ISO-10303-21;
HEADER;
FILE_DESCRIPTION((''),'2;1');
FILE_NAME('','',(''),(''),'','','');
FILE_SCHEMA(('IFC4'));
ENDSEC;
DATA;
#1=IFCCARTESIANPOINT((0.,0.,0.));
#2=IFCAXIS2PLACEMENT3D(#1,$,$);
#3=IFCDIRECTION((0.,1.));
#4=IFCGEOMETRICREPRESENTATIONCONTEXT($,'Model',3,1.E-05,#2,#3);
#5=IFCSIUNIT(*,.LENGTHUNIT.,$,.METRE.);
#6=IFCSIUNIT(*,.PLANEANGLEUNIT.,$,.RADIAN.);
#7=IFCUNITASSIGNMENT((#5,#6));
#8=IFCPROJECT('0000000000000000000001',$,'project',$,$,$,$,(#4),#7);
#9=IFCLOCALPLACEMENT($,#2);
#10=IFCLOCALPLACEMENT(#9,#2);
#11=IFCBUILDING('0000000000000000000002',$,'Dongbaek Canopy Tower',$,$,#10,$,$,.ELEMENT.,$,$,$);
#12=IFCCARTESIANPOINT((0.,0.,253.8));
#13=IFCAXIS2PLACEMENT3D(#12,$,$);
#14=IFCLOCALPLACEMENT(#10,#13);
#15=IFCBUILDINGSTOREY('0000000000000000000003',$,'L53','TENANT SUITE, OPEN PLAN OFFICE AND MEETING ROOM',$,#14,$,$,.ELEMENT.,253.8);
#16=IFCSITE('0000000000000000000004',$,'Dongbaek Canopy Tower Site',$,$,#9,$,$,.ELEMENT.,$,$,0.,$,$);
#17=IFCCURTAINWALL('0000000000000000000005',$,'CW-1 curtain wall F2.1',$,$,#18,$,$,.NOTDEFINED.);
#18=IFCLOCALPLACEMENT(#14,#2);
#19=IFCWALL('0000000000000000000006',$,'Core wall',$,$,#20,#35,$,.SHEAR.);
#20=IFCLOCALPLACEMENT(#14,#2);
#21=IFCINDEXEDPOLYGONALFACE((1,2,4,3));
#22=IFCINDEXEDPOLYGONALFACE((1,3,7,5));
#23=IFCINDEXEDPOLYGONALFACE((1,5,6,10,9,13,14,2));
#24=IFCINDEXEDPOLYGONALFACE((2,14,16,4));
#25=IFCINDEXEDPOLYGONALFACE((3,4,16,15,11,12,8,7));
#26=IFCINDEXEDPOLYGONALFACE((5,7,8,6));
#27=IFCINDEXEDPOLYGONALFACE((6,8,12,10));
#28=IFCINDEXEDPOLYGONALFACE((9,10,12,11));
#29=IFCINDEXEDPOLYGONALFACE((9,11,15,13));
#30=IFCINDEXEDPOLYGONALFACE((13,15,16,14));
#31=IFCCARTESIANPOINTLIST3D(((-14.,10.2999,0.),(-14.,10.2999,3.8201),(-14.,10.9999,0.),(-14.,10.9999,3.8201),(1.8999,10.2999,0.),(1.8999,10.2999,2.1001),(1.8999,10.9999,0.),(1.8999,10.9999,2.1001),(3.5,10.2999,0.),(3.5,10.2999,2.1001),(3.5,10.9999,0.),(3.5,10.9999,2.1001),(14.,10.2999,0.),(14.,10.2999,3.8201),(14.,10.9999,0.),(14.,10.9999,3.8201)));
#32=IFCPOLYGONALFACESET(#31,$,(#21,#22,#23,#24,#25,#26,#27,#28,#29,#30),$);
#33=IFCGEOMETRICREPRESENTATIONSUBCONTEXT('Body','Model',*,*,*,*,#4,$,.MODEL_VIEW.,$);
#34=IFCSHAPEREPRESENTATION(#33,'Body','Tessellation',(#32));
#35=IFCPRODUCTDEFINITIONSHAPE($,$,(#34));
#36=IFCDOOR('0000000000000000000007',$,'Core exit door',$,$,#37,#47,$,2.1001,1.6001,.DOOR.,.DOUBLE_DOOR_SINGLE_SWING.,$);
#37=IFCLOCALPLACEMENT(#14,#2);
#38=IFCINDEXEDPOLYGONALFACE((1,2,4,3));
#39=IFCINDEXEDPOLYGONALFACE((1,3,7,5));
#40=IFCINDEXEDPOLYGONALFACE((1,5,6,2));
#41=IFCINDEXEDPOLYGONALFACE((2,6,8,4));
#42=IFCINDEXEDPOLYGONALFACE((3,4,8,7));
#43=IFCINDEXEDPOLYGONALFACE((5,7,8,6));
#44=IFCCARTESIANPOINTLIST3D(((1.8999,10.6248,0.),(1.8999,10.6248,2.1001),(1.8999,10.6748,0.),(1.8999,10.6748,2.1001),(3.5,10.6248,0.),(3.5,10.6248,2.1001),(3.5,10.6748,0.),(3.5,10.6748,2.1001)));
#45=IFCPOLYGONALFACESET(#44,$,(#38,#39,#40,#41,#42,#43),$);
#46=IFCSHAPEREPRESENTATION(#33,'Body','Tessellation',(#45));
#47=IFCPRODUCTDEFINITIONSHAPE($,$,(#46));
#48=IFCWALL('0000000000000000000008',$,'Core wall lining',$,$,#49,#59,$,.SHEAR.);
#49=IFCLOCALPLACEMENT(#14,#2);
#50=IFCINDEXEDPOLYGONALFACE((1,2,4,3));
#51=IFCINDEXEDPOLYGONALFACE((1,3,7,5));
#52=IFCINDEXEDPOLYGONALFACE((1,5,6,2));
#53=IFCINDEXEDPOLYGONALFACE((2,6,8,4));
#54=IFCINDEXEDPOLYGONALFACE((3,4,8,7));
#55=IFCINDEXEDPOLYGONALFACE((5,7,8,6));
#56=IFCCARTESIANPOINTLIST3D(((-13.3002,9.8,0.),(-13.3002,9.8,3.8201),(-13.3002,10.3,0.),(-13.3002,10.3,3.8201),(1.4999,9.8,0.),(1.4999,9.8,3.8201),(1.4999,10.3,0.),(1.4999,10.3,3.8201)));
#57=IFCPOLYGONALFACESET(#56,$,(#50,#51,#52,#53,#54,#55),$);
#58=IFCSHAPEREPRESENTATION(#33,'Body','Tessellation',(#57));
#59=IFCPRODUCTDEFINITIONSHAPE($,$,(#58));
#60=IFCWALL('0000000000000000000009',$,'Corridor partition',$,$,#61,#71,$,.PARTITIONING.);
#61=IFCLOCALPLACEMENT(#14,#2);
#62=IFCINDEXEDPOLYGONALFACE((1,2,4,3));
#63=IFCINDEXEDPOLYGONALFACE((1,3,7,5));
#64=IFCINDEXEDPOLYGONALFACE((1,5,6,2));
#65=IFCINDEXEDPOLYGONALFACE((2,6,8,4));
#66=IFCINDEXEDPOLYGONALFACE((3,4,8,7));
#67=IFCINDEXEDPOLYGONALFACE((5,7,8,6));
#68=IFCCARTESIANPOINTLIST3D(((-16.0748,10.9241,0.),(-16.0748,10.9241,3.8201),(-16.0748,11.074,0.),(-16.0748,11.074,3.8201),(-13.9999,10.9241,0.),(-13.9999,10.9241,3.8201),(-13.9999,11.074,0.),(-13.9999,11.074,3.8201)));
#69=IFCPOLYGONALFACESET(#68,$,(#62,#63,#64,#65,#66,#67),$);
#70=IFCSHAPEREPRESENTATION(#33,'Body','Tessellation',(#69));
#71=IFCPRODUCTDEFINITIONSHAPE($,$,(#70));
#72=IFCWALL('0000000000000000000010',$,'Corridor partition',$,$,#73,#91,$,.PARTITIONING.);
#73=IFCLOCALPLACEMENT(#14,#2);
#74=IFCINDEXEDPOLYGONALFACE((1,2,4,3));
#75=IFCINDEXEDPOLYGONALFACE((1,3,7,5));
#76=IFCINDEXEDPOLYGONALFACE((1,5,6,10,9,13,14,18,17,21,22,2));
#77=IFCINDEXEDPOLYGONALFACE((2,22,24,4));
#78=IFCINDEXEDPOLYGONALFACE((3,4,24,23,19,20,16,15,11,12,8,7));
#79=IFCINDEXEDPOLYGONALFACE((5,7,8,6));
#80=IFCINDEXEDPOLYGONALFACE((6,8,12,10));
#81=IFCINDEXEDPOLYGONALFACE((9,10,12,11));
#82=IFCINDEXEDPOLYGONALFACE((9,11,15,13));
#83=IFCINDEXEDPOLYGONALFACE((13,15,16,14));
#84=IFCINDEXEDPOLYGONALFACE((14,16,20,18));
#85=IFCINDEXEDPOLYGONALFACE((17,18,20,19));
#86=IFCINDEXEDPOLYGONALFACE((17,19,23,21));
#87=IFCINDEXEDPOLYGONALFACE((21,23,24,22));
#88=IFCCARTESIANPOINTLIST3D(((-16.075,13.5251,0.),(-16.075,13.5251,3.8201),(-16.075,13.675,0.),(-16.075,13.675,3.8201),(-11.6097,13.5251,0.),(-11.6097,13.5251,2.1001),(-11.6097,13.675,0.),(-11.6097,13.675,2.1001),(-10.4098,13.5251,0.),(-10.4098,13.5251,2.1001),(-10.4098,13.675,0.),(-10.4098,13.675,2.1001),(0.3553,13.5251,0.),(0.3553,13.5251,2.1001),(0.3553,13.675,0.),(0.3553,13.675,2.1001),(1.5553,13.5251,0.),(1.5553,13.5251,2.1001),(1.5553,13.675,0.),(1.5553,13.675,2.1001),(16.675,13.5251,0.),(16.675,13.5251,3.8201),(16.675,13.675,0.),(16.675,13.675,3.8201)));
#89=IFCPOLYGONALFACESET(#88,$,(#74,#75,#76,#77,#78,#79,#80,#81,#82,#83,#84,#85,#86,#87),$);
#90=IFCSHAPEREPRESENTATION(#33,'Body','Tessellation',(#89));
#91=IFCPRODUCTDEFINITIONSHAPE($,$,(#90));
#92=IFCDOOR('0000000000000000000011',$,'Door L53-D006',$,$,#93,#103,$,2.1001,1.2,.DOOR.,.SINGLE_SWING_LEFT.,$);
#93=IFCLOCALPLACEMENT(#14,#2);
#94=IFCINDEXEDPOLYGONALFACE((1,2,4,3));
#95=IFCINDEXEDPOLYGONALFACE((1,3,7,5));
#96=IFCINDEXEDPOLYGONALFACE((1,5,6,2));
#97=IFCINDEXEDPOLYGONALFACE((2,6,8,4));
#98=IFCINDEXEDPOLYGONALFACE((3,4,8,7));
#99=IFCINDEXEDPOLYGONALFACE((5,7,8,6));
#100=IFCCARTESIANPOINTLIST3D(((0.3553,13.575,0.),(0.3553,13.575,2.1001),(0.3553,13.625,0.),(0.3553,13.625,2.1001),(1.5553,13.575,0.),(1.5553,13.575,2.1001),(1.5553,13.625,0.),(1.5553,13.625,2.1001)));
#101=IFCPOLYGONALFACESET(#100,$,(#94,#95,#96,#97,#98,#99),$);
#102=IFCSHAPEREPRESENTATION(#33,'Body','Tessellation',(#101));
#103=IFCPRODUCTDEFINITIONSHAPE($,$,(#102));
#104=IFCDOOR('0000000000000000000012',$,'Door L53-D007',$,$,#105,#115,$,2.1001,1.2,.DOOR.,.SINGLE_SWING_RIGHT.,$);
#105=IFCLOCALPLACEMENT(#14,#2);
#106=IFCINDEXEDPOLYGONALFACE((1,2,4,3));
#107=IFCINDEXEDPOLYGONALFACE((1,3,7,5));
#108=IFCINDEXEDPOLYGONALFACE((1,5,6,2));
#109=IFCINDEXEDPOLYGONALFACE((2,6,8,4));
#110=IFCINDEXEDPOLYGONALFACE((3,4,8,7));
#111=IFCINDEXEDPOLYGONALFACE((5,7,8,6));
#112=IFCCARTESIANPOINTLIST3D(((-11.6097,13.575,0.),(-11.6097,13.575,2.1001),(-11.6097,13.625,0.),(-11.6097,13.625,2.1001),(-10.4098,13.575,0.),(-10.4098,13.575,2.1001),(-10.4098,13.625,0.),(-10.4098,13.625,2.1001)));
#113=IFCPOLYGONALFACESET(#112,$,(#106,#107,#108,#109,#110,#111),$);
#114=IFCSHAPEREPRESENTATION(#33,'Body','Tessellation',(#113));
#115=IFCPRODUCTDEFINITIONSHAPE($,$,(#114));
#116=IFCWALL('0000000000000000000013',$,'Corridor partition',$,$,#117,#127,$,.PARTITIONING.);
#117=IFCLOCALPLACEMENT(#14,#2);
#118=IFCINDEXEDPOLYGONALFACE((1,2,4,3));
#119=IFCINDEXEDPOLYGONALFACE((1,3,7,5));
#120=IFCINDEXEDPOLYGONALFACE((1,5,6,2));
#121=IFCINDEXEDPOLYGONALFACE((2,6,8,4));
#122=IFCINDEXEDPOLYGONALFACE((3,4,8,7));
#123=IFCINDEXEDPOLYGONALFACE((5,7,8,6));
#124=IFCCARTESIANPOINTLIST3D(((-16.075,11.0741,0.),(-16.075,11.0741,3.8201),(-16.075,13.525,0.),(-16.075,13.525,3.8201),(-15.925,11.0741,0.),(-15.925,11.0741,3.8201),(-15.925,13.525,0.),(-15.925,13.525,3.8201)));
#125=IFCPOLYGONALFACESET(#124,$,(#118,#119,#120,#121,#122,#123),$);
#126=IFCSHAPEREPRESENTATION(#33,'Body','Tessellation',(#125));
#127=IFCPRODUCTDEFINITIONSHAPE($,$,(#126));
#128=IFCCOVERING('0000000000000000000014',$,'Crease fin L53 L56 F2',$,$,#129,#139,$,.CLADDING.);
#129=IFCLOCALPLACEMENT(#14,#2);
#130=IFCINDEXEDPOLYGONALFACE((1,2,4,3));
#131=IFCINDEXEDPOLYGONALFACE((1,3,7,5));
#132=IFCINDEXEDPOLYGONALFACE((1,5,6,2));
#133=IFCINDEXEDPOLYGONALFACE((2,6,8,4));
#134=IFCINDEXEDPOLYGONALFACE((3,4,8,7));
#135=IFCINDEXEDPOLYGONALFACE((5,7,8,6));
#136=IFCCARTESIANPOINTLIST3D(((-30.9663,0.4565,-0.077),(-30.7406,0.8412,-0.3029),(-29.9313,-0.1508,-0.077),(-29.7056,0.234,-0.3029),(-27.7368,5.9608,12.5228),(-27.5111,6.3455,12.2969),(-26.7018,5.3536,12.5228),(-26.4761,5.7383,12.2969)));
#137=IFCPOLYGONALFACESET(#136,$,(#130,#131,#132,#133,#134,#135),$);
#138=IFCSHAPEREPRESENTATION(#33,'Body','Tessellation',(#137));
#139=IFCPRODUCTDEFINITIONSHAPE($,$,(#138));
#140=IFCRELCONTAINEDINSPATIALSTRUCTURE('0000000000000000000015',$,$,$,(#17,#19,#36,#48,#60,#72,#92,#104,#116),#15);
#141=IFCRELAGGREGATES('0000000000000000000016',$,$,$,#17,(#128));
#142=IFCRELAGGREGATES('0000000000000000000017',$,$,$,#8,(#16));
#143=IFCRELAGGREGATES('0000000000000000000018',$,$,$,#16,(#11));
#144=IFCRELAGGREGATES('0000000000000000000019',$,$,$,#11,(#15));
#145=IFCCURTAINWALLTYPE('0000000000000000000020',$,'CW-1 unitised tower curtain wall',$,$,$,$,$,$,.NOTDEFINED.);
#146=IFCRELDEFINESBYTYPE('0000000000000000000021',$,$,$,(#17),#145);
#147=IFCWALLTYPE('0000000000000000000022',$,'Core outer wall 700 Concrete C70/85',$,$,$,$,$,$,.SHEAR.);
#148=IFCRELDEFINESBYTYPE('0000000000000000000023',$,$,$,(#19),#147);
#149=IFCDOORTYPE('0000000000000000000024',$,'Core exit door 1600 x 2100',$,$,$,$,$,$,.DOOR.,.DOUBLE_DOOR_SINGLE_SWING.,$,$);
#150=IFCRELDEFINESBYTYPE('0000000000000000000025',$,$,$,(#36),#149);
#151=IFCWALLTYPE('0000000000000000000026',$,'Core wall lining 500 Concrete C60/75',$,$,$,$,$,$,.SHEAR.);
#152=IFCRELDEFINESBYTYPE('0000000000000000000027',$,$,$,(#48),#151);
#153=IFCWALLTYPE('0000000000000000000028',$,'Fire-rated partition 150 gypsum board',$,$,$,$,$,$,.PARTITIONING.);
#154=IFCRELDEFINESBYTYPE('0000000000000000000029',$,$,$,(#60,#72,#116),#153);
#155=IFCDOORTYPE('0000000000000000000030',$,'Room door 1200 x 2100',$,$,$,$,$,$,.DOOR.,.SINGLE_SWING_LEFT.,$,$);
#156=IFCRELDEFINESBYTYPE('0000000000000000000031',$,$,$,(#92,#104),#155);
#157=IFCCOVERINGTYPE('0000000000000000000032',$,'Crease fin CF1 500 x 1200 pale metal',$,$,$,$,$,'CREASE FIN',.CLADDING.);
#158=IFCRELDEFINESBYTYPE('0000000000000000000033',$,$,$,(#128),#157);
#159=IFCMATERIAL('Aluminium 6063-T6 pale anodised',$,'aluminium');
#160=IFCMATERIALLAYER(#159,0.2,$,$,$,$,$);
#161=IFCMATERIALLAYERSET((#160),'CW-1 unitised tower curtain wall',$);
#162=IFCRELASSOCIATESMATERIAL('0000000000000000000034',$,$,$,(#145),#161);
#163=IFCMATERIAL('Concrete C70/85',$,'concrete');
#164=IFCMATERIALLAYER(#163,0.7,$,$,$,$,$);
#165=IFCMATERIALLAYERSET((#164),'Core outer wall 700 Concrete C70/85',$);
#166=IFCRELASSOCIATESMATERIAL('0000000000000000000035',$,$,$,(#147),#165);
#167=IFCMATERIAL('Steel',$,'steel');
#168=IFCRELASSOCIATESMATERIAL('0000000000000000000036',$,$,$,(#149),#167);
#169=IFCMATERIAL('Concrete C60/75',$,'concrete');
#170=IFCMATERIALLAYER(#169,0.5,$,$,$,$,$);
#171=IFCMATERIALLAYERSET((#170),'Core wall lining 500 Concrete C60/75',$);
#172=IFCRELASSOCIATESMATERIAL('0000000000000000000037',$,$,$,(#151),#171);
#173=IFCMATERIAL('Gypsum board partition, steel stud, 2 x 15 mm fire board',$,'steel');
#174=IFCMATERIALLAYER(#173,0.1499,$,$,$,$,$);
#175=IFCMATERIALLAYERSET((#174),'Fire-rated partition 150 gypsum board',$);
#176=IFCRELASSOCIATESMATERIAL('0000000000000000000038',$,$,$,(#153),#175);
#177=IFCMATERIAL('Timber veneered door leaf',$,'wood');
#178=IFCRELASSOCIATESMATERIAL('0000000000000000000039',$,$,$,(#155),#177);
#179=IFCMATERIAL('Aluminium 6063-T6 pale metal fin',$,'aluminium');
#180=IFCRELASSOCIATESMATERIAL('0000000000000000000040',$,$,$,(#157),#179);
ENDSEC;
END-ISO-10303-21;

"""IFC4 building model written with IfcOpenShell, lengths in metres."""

from ifc_helpers import new_model, si_unit, direction, frame, frame_2d, origin, origin_2d, place, context, subcontext, project, spatial, rectangle, extrude, material, layer, layer_set, material_profile, profile_set, type_object, element, fill, aggregate, save


model = new_model("IFC4")

# Units and contexts
model_context = context("Model", 3, precision=1e-05, world=origin(), true_north=direction((0.0, 1.0)))
body_context = subcontext(model_context, "Body", "Model", "MODEL_VIEW")
ifc_project = project(units=[si_unit("LENGTHUNIT", "METRE"), si_unit("PLANEANGLEUNIT", "RADIAN")], contexts=[model_context])

# Site, building, storey
site_placement = place(None, origin())
site = spatial("IfcSite", under=ifc_project, at=site_placement, Name="Dongbaek Canopy Tower Site", CompositionType="ELEMENT", RefElevation=0.0)
building_placement = place(site_placement, origin())
building = spatial("IfcBuilding", under=site, at=building_placement, Name="Dongbaek Canopy Tower", CompositionType="ELEMENT")
storey_placement = place(building_placement, frame((0.0, 0.0, 253.8)))
storey = spatial("IfcBuildingStorey", under=building, at=storey_placement, Name="L53", Description="TENANT SUITE, OPEN PLAN OFFICE AND MEETING ROOM", CompositionType="ELEMENT", Elevation=253.8)

# Curtain wall
ifc_material_1 = material(Name="Aluminium 6063-T6 pale anodised", Category="aluminium")
ifc_layer_1 = layer(ifc_material_1, 0.2)
ifc_layer_set_1 = layer_set([ifc_layer_1], Name="CW-1 unitised tower curtain wall")
curtain_wall_type = type_object("IfcCurtainWallType", Name="CW-1 unitised tower curtain wall", PredefinedType="NOTDEFINED", material=ifc_layer_set_1)
curtain_wall_placement = place(storey_placement, origin())
curtain_wall = element("IfcCurtainWall", 1, at=curtain_wall_placement, inside=storey, type_object=curtain_wall_type, Name="CW-1 curtain wall F2.1", PredefinedType="NOTDEFINED")

# Wall, opening, door
ifc_material_2 = material(Name="Concrete C70/85", Category="concrete")
ifc_layer_2 = layer(ifc_material_2, 0.7)
ifc_layer_set_2 = layer_set([ifc_layer_2], Name="Core outer wall 700 Concrete C70/85")
wall_type_1 = type_object("IfcWallType", Name="Core outer wall 700 Concrete C70/85", PredefinedType="SHEAR", material=ifc_layer_set_2)
wall_1_placement = place(storey_placement, frame((-14.0, 10.6499, 0.0), z_axis=(0.0, 0.0, 1.0), x_axis=(1.0, 0.0, 0.0)))
wall_1 = element("IfcWall", 2, at=wall_1_placement, inside=storey, type_object=wall_type_1, Name="Core wall", PredefinedType="SHEAR", context=body_context, shape_type="SweptSolid", body=[
    extrude(rectangle(XDim=28.0, YDim=0.7, at=frame_2d((14.0, 0.0))), origin(), (0.0, 0.0, 1.0), 3.8201),
])
opening_1_placement = place(wall_1_placement, frame((15.8999, 0.0, 0.0)))
opening_1 = element("IfcOpeningElement", 3, at=opening_1_placement, cuts=wall_1, PredefinedType="OPENING", context=body_context, shape_type="SweptSolid", body=[
    extrude(rectangle(XDim=1.6001, YDim=2.1001, at=frame_2d((0.8, 1.05))), frame((0.0, 0.3599, 0.0), z_axis=(0.0, -1.0, 0.0), x_axis=(1.0, 0.0, 0.0)), (0.0, 0.0, 1.0), 0.72),
])
ifc_material_3 = material(Name="Steel", Category="steel")
door_type_1 = type_object("IfcDoorType", Name="Core exit door 1600 x 2100", OperationType="DOUBLE_DOOR_SINGLE_SWING", PredefinedType="DOOR", material=ifc_material_3)
door_1_placement = place(opening_1_placement, origin())
door_1 = element("IfcDoor", 4, at=door_1_placement, inside=storey, type_object=door_type_1, Name="Core exit door", OperationType="DOUBLE_DOOR_SINGLE_SWING", OverallHeight=2.1001, OverallWidth=1.6001, PredefinedType="DOOR", context=body_context, shape_type="SweptSolid", body=[
    extrude(rectangle(XDim=1.6001, YDim=2.1001, at=frame_2d((0.8, 1.05))), frame((0.0, 0.0249, 0.0), z_axis=(0.0, -1.0, 0.0), x_axis=(1.0, 0.0, 0.0)), (0.0, 0.0, 1.0), 0.05),
])
fill(opening_1, door_1)

# Walls
ifc_material_4 = material(Name="Concrete C60/75", Category="concrete")
ifc_layer_3 = layer(ifc_material_4, 0.5)
ifc_layer_set_3 = layer_set([ifc_layer_3], Name="Core wall lining 500 Concrete C60/75")
wall_type_2 = type_object("IfcWallType", Name="Core wall lining 500 Concrete C60/75", PredefinedType="SHEAR", material=ifc_layer_set_3)
wall_2_placement = place(storey_placement, frame((-13.3, 10.05, 0.0), z_axis=(0.0, 0.0, 1.0), x_axis=(1.0, 0.0, 0.0)))
element("IfcWall", 5, at=wall_2_placement, inside=storey, type_object=wall_type_2, Name="Core wall lining", PredefinedType="SHEAR", context=body_context, shape_type="SweptSolid", body=[
    extrude(rectangle(XDim=14.8, YDim=0.5, at=frame_2d((7.3999, 0.0))), origin(), (0.0, 0.0, 1.0), 3.8201),
])
ifc_material_5 = material(Name="Gypsum board partition, steel stud, 2 x 15 mm fire board", Category="steel")
ifc_layer_4 = layer(ifc_material_5, 0.1499)
ifc_layer_set_4 = layer_set([ifc_layer_4], Name="Fire-rated partition 150 gypsum board")
wall_type_3 = type_object("IfcWallType", Name="Fire-rated partition 150 gypsum board", PredefinedType="PARTITIONING", material=ifc_layer_set_4)
wall_3_placement = place(storey_placement, frame((-16.075, 10.999, 0.0), z_axis=(0.0, 0.0, 1.0), x_axis=(1.0, 0.0, 0.0)))
element("IfcWall", 6, at=wall_3_placement, inside=storey, type_object=wall_type_3, Name="Corridor partition", PredefinedType="PARTITIONING", context=body_context, shape_type="SweptSolid", body=[
    extrude(rectangle(XDim=2.075, YDim=0.1499, at=frame_2d((1.0376, 0.0))), origin(), (0.0, 0.0, 1.0), 3.8201),
])

# Wall, openings, doors
wall_4_placement = place(storey_placement, frame((-16.075, 13.6001, 0.0), z_axis=(0.0, 0.0, 1.0), x_axis=(1.0, 0.0, 0.0)))
wall_4 = element("IfcWall", 7, at=wall_4_placement, inside=storey, type_object=wall_type_3, Name="Corridor partition", PredefinedType="PARTITIONING", context=body_context, shape_type="SweptSolid", body=[
    extrude(rectangle(XDim=32.75, YDim=0.1499, at=frame_2d((16.375, 0.0))), origin(), (0.0, 0.0, 1.0), 3.8201),
])
opening_2_placement = place(wall_4_placement, frame((16.4302, 0.0, 0.0)))
opening_2 = element("IfcOpeningElement", 8, at=opening_2_placement, cuts=wall_4, PredefinedType="OPENING", context=body_context, shape_type="SweptSolid", body=[
    extrude(rectangle(XDim=1.2, YDim=2.1001, at=frame_2d((0.6001, 1.05))), frame((0.0, 0.085, 0.0), z_axis=(0.0, -1.0, 0.0), x_axis=(1.0, 0.0, 0.0)), (0.0, 0.0, 1.0), 0.1699),
])
opening_3_placement = place(wall_4_placement, frame((4.4651, 0.0, 0.0)))
opening_3 = element("IfcOpeningElement", 9, at=opening_3_placement, cuts=wall_4, PredefinedType="OPENING", context=body_context, shape_type="SweptSolid", body=[
    extrude(rectangle(XDim=1.2, YDim=2.1001, at=frame_2d((0.6001, 1.05))), frame((0.0, 0.085, 0.0), z_axis=(0.0, -1.0, 0.0), x_axis=(1.0, 0.0, 0.0)), (0.0, 0.0, 1.0), 0.1699),
])
ifc_material_6 = material(Name="Timber veneered door leaf", Category="wood")
door_type_2 = type_object("IfcDoorType", Name="Room door 1200 x 2100", OperationType="SINGLE_SWING_LEFT", PredefinedType="DOOR", material=ifc_material_6)
door_2_placement = place(opening_2_placement, origin())
door_2 = element("IfcDoor", 10, at=door_2_placement, inside=storey, type_object=door_type_2, Name="Door L53-D006", OperationType="SINGLE_SWING_LEFT", OverallHeight=2.1001, OverallWidth=1.2, PredefinedType="DOOR", context=body_context, shape_type="SweptSolid", body=[
    extrude(rectangle(XDim=1.2, YDim=2.1001, at=frame_2d((0.6001, 1.05))), frame((0.0, 0.0249, 0.0), z_axis=(0.0, -1.0, 0.0), x_axis=(1.0, 0.0, 0.0)), (0.0, 0.0, 1.0), 0.05),
])
fill(opening_2, door_2)
door_3_placement = place(opening_3_placement, origin())
door_3 = element("IfcDoor", 11, at=door_3_placement, inside=storey, type_object=door_type_2, Name="Door L53-D007", OperationType="SINGLE_SWING_RIGHT", OverallHeight=2.1001, OverallWidth=1.2, PredefinedType="DOOR", context=body_context, shape_type="SweptSolid", body=[
    extrude(rectangle(XDim=1.2, YDim=2.1001, at=frame_2d((0.6001, 1.05))), frame((0.0, 0.0249, 0.0), z_axis=(0.0, -1.0, 0.0), x_axis=(1.0, 0.0, 0.0)), (0.0, 0.0, 1.0), 0.05),
])
fill(opening_3, door_3)

# Wall
wall_5_placement = place(storey_placement, frame((-16.0, 11.074, 0.0), z_axis=(0.0, 0.0, 1.0), x_axis=(0.0, 1.0, 0.0)))
element("IfcWall", 12, at=wall_5_placement, inside=storey, type_object=wall_type_3, Name="Corridor partition", PredefinedType="PARTITIONING", context=body_context, shape_type="SweptSolid", body=[
    extrude(rectangle(XDim=2.4509, YDim=0.1499, at=frame_2d((1.2256, 0.0))), origin(), (0.0, 0.0, 1.0), 3.8201),
])

# Covering
ifc_material_7 = material(Name="Aluminium 6063-T6 pale metal fin", Category="aluminium")
ifc_material_profile_1 = material_profile(ifc_material_7, rectangle(XDim=1.2, YDim=0.5, at=origin_2d()), Name="Crease fin CF1 500 x 1200 pale metal")
ifc_profile_set_1 = profile_set([ifc_material_profile_1], Name="Aluminium 6063-T6 pale metal fin")
covering_type = type_object("IfcCoveringType", Name="Crease fin CF1 500 x 1200 pale metal", ElementType="CREASE FIN", PredefinedType="CLADDING", material=ifc_profile_set_1)
covering_placement = place(storey_placement, frame((-30.3359, 0.3452, -0.1899), z_axis=(0.228655, 0.389722, 0.892095), x_axis=(-0.862508, 0.506043, 0.0)))
covering = element("IfcCovering", 13, at=covering_placement, type_object=covering_type, Name="Crease fin L53 L56 F2", PredefinedType="CLADDING", context=body_context, shape_type="SweptSolid", body=[
    extrude(rectangle(XDim=1.2, YDim=0.5, at=origin_2d()), origin(), (0.0, 0.0, 1.0), 14.1238),
])
aggregate(curtain_wall, [covering])

save(model, "model.ifc")
